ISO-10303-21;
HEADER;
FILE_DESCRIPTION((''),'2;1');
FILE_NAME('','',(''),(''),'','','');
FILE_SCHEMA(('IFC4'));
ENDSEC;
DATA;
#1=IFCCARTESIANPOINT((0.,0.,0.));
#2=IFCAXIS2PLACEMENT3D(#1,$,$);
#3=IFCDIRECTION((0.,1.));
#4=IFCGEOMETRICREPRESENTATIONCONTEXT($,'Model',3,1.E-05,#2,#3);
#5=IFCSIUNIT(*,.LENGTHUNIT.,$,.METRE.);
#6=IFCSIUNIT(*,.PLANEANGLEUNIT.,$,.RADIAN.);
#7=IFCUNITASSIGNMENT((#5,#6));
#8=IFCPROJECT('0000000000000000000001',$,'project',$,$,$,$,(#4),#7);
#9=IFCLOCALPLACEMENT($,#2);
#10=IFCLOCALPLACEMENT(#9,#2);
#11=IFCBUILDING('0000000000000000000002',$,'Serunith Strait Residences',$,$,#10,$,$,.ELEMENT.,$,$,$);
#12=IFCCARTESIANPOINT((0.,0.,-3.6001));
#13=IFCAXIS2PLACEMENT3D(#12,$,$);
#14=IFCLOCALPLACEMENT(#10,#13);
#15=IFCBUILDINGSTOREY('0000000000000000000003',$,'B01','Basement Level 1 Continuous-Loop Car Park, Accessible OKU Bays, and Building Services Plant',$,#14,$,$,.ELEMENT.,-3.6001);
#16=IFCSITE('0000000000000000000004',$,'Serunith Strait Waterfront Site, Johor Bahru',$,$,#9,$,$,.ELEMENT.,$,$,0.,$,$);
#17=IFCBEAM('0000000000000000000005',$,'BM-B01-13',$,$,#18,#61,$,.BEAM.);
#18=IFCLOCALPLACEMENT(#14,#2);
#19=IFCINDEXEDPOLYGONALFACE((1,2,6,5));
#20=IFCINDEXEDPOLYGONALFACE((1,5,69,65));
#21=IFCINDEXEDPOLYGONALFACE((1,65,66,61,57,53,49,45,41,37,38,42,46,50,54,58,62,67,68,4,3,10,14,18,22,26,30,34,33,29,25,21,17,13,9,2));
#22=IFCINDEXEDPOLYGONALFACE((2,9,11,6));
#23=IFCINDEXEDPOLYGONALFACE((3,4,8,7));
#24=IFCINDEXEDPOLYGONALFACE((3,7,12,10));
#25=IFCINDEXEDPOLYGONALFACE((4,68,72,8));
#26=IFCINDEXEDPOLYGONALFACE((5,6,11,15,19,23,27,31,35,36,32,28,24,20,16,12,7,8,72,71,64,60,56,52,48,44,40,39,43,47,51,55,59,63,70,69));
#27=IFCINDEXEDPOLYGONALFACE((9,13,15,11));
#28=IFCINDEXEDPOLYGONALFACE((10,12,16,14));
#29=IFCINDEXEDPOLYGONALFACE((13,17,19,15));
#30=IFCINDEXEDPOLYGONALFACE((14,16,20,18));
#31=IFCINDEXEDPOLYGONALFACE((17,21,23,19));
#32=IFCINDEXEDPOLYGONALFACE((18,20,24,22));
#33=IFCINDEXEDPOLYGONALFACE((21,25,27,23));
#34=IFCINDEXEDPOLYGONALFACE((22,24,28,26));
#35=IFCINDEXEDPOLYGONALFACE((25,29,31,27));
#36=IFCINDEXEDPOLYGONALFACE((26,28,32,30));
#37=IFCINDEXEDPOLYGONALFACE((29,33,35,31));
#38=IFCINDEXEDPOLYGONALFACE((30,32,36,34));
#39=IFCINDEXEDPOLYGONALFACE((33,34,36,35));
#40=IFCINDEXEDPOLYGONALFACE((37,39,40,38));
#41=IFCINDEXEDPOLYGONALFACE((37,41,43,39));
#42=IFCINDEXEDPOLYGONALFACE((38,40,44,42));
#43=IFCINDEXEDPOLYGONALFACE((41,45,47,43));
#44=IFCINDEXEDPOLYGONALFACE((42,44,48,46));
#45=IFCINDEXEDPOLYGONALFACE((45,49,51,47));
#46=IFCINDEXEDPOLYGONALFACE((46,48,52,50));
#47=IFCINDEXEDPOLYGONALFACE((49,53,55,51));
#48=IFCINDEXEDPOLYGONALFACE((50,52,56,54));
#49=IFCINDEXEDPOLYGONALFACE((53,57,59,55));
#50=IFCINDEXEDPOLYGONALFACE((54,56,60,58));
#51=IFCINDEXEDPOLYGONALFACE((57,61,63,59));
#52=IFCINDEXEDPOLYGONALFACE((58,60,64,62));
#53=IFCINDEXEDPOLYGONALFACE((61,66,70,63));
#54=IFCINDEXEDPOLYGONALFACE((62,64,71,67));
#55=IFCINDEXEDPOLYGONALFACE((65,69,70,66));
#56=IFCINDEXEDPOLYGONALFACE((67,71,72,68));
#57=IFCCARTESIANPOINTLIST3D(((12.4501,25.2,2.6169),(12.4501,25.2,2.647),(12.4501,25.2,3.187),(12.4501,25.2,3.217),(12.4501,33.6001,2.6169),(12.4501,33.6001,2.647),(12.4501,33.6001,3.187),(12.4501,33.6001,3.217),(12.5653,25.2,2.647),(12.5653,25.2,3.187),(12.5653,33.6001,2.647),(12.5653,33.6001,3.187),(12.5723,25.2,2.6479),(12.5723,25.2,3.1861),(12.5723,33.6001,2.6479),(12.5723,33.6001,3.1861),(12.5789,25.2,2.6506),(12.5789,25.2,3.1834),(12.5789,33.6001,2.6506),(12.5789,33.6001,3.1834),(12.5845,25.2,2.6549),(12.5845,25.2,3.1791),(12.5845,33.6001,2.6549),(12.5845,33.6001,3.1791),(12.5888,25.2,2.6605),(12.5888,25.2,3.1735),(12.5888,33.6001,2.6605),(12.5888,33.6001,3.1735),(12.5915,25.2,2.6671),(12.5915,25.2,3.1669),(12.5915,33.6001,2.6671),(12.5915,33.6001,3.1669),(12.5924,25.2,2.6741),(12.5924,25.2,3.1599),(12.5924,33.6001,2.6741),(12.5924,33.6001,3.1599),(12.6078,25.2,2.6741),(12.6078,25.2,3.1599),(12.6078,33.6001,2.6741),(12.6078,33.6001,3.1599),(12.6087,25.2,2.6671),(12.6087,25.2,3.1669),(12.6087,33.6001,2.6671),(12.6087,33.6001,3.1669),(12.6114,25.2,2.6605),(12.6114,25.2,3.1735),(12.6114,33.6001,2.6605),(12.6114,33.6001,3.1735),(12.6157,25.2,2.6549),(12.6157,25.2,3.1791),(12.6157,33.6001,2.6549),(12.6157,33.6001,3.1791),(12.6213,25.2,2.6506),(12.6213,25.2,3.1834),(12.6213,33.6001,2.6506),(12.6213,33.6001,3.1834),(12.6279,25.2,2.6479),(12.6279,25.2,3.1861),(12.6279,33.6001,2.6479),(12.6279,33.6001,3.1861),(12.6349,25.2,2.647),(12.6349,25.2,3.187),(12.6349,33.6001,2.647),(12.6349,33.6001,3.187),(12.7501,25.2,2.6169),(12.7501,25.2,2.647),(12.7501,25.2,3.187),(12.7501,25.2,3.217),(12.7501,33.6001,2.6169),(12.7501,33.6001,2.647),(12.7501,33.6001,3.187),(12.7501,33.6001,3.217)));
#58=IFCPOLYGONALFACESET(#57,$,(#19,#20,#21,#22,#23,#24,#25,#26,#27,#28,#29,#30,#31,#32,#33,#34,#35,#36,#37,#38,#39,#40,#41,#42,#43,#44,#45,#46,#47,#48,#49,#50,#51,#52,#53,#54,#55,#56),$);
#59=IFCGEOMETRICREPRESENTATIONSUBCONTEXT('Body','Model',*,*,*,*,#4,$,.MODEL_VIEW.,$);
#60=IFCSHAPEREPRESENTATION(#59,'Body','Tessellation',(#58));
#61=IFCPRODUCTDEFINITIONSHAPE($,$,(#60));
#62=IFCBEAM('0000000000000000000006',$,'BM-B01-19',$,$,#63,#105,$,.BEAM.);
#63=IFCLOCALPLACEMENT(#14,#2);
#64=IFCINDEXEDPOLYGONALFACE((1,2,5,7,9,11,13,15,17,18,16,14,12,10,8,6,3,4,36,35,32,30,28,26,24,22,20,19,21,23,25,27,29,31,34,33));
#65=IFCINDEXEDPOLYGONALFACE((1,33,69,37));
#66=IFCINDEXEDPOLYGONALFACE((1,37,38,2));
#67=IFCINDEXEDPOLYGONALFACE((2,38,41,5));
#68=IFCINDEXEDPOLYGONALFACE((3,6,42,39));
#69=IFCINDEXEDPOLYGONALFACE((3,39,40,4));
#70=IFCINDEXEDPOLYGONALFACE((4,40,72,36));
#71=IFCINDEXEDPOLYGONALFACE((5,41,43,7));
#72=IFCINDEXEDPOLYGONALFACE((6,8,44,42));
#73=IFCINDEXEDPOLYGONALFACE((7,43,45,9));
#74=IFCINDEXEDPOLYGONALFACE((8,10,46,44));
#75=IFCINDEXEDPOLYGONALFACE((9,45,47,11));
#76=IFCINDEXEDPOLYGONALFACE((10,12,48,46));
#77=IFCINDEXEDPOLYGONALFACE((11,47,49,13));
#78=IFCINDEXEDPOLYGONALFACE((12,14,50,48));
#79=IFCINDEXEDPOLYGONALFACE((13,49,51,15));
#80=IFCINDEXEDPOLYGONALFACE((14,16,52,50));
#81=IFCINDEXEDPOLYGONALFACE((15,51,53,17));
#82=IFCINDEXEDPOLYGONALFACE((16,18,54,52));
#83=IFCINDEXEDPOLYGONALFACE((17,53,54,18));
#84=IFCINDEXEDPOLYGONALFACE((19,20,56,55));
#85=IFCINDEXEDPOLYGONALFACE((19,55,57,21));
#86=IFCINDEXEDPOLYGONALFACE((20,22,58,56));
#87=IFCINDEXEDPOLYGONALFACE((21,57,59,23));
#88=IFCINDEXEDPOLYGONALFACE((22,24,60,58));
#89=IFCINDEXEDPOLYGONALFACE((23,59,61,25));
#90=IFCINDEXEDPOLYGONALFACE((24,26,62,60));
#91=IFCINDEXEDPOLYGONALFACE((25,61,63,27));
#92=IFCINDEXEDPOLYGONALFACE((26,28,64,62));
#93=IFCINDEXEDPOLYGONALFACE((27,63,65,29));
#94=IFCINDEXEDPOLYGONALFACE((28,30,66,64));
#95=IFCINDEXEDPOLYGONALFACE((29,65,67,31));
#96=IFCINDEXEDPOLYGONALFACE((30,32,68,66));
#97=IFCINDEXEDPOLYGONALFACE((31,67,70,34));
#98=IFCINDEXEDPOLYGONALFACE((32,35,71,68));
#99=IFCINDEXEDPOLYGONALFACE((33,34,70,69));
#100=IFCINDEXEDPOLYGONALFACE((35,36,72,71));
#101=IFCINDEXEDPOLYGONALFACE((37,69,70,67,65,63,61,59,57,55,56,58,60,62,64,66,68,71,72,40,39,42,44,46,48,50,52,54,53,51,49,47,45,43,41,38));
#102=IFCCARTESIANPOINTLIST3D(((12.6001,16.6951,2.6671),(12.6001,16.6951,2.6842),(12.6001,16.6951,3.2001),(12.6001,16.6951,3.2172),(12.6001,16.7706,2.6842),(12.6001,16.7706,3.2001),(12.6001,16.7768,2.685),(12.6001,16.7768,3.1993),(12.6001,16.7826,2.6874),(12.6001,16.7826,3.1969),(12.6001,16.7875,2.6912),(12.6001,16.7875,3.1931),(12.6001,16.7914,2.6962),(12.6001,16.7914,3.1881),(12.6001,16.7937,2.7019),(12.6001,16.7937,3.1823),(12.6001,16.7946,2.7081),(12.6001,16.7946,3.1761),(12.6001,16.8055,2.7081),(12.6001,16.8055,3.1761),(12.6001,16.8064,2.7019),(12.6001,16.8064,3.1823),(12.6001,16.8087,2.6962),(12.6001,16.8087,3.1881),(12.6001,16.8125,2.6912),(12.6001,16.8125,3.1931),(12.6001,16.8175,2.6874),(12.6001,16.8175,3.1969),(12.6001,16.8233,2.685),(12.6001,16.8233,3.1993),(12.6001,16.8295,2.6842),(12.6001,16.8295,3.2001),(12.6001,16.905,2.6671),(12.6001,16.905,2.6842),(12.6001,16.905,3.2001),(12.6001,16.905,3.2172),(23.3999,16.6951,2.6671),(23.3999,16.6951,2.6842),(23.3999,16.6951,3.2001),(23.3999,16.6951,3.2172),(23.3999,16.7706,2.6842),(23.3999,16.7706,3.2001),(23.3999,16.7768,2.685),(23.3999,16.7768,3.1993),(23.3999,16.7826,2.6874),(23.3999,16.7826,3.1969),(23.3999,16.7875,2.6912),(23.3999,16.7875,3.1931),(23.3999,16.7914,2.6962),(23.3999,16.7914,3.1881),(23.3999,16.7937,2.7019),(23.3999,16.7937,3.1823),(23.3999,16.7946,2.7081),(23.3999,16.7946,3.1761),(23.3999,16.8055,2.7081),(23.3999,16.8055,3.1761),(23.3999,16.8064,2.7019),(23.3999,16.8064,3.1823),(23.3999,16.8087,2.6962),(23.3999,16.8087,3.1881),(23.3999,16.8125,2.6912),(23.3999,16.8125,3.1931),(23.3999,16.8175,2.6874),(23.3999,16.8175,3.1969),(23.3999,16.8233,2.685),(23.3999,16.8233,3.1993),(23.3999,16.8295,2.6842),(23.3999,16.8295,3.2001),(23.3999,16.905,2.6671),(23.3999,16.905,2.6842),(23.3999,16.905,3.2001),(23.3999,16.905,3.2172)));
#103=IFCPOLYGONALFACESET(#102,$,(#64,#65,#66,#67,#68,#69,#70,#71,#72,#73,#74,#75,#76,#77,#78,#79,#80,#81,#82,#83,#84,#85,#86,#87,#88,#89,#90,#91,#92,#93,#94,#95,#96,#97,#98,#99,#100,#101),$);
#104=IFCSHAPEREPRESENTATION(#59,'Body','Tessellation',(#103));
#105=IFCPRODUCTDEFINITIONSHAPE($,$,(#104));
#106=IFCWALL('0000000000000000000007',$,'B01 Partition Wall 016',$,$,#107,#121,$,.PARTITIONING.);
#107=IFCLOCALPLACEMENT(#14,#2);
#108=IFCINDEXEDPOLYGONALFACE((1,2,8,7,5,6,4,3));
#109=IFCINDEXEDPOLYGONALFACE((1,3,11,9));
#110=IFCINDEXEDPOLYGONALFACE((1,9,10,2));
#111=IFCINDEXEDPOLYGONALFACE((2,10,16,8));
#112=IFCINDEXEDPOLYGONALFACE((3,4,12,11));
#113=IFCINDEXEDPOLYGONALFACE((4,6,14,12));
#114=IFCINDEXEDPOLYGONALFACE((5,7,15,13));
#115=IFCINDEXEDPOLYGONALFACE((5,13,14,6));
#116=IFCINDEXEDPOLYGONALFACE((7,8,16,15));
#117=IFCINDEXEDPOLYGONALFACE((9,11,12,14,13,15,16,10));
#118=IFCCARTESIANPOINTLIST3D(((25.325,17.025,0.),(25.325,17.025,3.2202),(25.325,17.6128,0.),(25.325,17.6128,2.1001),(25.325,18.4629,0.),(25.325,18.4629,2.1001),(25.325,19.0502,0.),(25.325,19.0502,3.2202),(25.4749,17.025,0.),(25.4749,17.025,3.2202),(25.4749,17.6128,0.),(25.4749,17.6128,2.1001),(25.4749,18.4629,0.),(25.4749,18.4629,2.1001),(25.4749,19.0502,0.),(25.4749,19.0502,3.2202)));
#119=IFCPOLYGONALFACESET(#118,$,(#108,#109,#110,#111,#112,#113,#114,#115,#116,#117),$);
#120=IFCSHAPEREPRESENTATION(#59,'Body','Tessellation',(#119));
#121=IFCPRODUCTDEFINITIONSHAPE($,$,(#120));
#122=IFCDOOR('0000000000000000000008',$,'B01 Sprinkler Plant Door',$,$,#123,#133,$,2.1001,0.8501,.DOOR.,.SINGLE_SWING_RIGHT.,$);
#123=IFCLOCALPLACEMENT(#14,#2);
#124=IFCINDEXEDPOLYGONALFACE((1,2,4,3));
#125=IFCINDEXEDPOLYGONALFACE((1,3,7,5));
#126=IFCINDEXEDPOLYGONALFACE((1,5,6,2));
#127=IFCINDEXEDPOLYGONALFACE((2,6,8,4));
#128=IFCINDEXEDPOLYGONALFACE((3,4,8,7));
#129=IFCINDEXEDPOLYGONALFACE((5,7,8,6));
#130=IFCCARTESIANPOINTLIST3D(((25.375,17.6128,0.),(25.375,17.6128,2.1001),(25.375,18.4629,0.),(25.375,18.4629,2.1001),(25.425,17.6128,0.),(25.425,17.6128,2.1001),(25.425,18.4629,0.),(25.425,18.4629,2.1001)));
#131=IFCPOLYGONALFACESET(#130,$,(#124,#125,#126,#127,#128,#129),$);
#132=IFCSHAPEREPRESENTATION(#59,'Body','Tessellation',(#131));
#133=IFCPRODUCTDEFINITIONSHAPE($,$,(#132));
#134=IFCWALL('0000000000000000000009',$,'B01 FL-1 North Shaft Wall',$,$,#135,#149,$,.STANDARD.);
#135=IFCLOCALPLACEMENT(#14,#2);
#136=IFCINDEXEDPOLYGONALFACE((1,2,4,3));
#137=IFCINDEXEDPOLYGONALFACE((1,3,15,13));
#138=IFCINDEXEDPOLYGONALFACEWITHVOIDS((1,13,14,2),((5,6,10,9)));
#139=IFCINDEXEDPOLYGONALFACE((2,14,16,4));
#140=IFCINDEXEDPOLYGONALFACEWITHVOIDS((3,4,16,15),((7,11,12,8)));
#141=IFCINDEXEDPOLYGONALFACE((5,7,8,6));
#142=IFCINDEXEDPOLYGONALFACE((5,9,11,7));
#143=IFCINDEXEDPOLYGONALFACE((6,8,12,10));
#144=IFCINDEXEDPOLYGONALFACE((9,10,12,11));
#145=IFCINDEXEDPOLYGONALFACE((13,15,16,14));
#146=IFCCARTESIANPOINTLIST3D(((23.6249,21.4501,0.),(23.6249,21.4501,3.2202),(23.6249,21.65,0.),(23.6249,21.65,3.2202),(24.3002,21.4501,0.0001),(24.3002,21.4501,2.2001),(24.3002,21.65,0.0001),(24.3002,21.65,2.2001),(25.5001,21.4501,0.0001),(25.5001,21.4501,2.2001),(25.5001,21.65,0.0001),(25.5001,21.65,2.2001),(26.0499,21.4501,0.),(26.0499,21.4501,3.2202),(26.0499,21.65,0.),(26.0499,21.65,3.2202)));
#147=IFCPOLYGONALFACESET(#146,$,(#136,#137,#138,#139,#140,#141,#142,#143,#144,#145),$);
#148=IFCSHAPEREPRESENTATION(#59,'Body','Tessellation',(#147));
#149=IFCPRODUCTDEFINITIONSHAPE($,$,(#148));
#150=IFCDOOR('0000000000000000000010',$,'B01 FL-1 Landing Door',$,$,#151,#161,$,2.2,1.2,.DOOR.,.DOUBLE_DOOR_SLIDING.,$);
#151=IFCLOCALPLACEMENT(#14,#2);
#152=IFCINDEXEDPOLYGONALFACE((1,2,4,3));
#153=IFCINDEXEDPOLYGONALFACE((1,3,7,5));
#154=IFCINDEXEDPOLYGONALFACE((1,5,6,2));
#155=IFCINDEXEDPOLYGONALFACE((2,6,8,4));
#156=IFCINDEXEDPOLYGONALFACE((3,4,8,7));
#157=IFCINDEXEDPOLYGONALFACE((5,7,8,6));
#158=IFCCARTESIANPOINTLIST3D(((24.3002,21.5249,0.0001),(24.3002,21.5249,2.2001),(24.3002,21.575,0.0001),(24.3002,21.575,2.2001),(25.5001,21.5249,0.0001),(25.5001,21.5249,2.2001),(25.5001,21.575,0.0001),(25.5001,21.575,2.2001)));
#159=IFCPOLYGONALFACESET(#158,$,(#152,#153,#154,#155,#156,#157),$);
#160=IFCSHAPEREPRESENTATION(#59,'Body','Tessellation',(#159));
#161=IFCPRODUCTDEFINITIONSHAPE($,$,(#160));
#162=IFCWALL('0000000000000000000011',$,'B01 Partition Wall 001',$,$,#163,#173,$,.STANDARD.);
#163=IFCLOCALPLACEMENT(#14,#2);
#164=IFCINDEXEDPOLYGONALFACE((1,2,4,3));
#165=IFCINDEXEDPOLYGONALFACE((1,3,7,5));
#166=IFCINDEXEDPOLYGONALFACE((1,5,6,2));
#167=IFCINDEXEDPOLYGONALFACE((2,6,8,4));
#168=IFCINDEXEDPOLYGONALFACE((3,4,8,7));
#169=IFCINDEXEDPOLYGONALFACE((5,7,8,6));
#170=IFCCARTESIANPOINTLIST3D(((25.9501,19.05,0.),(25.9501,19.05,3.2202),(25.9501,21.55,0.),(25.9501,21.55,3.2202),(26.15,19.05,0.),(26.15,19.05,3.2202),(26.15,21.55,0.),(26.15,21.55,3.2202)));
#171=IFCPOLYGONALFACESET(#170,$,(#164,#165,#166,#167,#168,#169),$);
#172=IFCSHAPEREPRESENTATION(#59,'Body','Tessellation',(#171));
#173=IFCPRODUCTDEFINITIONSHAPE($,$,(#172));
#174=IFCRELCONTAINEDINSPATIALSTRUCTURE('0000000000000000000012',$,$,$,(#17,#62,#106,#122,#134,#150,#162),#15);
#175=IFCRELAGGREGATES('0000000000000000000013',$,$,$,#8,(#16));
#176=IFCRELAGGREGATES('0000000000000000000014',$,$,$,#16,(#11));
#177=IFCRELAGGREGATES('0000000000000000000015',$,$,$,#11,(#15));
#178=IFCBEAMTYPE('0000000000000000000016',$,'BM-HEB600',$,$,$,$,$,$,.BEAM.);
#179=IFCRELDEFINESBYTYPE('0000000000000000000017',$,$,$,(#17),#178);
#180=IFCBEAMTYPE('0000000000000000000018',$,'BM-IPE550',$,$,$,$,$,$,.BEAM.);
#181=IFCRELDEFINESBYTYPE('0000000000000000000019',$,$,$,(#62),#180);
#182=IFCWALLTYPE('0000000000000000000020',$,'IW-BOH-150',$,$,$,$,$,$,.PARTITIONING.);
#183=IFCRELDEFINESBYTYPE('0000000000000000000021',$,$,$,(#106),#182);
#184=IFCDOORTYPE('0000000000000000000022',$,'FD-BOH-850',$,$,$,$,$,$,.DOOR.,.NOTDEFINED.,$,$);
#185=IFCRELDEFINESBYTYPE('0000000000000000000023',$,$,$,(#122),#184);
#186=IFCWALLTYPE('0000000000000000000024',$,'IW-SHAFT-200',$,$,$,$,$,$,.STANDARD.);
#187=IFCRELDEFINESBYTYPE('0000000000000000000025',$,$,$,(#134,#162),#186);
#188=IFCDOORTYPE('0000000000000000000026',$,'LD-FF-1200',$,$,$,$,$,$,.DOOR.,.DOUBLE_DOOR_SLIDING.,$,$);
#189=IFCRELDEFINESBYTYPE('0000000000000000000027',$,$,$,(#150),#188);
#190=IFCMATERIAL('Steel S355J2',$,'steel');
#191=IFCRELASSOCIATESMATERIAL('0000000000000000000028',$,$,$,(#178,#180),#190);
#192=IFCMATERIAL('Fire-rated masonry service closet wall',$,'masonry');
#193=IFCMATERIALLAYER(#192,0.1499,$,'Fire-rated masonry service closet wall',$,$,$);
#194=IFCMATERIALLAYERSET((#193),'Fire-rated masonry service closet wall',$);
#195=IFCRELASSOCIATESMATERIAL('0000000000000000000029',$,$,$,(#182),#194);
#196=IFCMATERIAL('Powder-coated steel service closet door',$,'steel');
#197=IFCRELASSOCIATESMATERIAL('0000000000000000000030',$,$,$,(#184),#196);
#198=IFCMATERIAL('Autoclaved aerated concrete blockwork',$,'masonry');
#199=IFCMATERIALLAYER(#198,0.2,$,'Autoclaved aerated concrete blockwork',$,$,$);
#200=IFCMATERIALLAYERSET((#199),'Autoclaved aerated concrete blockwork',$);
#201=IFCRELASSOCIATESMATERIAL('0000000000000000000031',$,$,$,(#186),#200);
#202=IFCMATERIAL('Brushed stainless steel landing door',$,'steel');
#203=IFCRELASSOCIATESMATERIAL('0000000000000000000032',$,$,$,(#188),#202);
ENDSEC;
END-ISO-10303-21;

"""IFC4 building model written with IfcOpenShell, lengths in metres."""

from ifc_helpers import new_model, si_unit, direction, frame, frame_2d, origin, origin_2d, place, context, subcontext, project, spatial, rectangle, i_section, extrude, source, transform, mapped, material, layer, layer_set, material_profile, profile_set, type_object, element, fill, save


model = new_model("IFC4")

# Units and contexts
model_context = context("Model", 3, precision=1e-05, world=origin(), true_north=direction((0.0, 1.0)))
body_context = subcontext(model_context, "Body", "Model", "MODEL_VIEW")
ifc_project = project(units=[si_unit("LENGTHUNIT", "METRE"), si_unit("PLANEANGLEUNIT", "RADIAN")], contexts=[model_context])

# Site, building, storey
site_placement = place(None, origin())
site = spatial("IfcSite", under=ifc_project, at=site_placement, Name="Serunith Strait Waterfront Site, Johor Bahru", CompositionType="ELEMENT", RefElevation=0.0)
building_placement = place(site_placement, origin())
building = spatial("IfcBuilding", under=site, at=building_placement, Name="Serunith Strait Residences", CompositionType="ELEMENT")
storey_placement = place(building_placement, frame((0.0, 0.0, -3.6001)))
storey = spatial("IfcBuildingStorey", under=building, at=storey_placement, Name="B01", Description="Basement Level 1 Continuous-Loop Car Park, Accessible OKU Bays, and Building Services Plant", CompositionType="ELEMENT", Elevation=-3.6001)

# Beams
ifc_material_1 = material(Name="Steel S355J2", Category="steel")
ifc_material_profile_1 = material_profile(ifc_material_1, i_section(OverallWidth=0.3, OverallDepth=0.6001, WebThickness=0.0154, FlangeThickness=0.03, FilletRadius=0.0271, at=origin_2d()), Name="HEB 600")
ifc_profile_set_1 = profile_set([ifc_material_profile_1], Name="Steel S355J2")
beam_type_1 = type_object("IfcBeamType", Name="BM-HEB600", PredefinedType="BEAM", material=ifc_profile_set_1)
shared_shape_1 = source(origin(), body_context, "Body", "SweptSolid", [
    extrude(i_section(OverallWidth=0.3, OverallDepth=0.6001, WebThickness=0.0154, FlangeThickness=0.03, FilletRadius=0.0271, at=origin_2d()), origin(), (0.0, 0.0, 1.0), 8.4001),
])
beam_1_placement = place(storey_placement, frame((12.6001, 25.2, 2.917), z_axis=(0.0, 1.0, 0.0), x_axis=(-1.0, 0.0, 0.0)))
element("IfcBeam", 1, at=beam_1_placement, inside=storey, type_object=beam_type_1, Name="BM-B01-13", PredefinedType="BEAM", context=body_context, shape_type="MappedRepresentation", body=[
    mapped(shared_shape_1, transform((0.0, 0.0, 0.0), scale=1.0)),
])
ifc_material_profile_2 = material_profile(ifc_material_1, i_section(OverallWidth=0.21, OverallDepth=0.55, WebThickness=0.011, FlangeThickness=0.0171, FilletRadius=0.0239, at=origin_2d()), Name="IPE 550")
ifc_profile_set_2 = profile_set([ifc_material_profile_2], Name="Steel S355J2")
beam_type_2 = type_object("IfcBeamType", Name="BM-IPE550", PredefinedType="BEAM", material=ifc_profile_set_2)
shared_shape_2 = source(origin(), body_context, "Body", "SweptSolid", [
    extrude(i_section(OverallWidth=0.21, OverallDepth=0.55, WebThickness=0.011, FlangeThickness=0.0171, FilletRadius=0.0239, at=origin_2d()), origin(), (0.0, 0.0, 1.0), 10.7998),
])
beam_2_placement = place(storey_placement, frame((12.6001, 16.8, 2.9421), z_axis=(1.0, 0.0, 0.0), x_axis=(0.0, 1.0, 0.0)))
element("IfcBeam", 2, at=beam_2_placement, inside=storey, type_object=beam_type_2, Name="BM-B01-19", PredefinedType="BEAM", context=body_context, shape_type="MappedRepresentation", body=[
    mapped(shared_shape_2, transform((0.0, 0.0, 0.0), scale=1.0)),
])

# Walls, openings, doors
ifc_material_2 = material(Name="Fire-rated masonry service closet wall", Category="masonry")
ifc_layer_1 = layer(ifc_material_2, 0.1499, Name="Fire-rated masonry service closet wall")
ifc_layer_set_1 = layer_set([ifc_layer_1], Name="Fire-rated masonry service closet wall")
wall_type_1 = type_object("IfcWallType", Name="IW-BOH-150", PredefinedType="PARTITIONING", material=ifc_layer_set_1)
wall_1_placement = place(storey_placement, frame((25.3999, 17.0249, 0.0), z_axis=(0.0, 0.0, 1.0), x_axis=(0.0, 1.0, 0.0)))
wall_1 = element("IfcWall", 3, at=wall_1_placement, inside=storey, type_object=wall_type_1, Name="B01 Partition Wall 016", PredefinedType="PARTITIONING", context=body_context, shape_type="SweptSolid", body=[
    extrude(rectangle(XDim=2.0251, YDim=0.1499, at=frame_2d((1.0127, 0.0))), origin(), (0.0, 0.0, 1.0), 3.2202),
])
opening_1_placement = place(wall_1_placement, frame((0.5879, 0.0, 0.0)))
opening_1 = element("IfcOpeningElement", 4, at=opening_1_placement, cuts=wall_1, PredefinedType="OPENING", context=body_context, shape_type="SweptSolid", body=[
    extrude(rectangle(XDim=0.8501, YDim=2.1001, at=frame_2d((0.425, 1.05))), frame((0.0, 0.085, 0.0), z_axis=(0.0, -1.0, 0.0), x_axis=(1.0, 0.0, 0.0)), (0.0, 0.0, 1.0), 0.1699),
])
ifc_material_3 = material(Name="Powder-coated steel service closet door", Category="steel")
door_type_1 = type_object("IfcDoorType", Name="FD-BOH-850", OperationType="NOTDEFINED", PredefinedType="DOOR", material=ifc_material_3)
shared_shape_3 = source(origin(), body_context, "Body", "SweptSolid", [
    extrude(rectangle(XDim=0.8501, YDim=2.1001, at=frame_2d((0.425, 1.05))), frame((0.0, 0.0249, 0.0), z_axis=(0.0, -1.0, 0.0), x_axis=(1.0, 0.0, 0.0)), (0.0, 0.0, 1.0), 0.05),
])
door_1_placement = place(opening_1_placement, origin())
door_1 = element("IfcDoor", 5, at=door_1_placement, inside=storey, type_object=door_type_1, Name="B01 Sprinkler Plant Door", OperationType="SINGLE_SWING_RIGHT", OverallHeight=2.1001, OverallWidth=0.8501, PredefinedType="DOOR", context=body_context, shape_type="MappedRepresentation", body=[
    mapped(shared_shape_3, transform((0.0, 0.0, 0.0), scale=1.0)),
])
fill(opening_1, door_1)
ifc_material_4 = material(Name="Autoclaved aerated concrete blockwork", Category="masonry")
ifc_layer_2 = layer(ifc_material_4, 0.2, Name="Autoclaved aerated concrete blockwork")
ifc_layer_set_2 = layer_set([ifc_layer_2], Name="Autoclaved aerated concrete blockwork")
wall_type_2 = type_object("IfcWallType", Name="IW-SHAFT-200", PredefinedType="STANDARD", material=ifc_layer_set_2)
wall_2_placement = place(storey_placement, frame((23.625, 21.55, 0.0), z_axis=(0.0, 0.0, 1.0), x_axis=(1.0, 0.0, 0.0)))
wall_2 = element("IfcWall", 6, at=wall_2_placement, inside=storey, type_object=wall_type_2, Name="B01 FL-1 North Shaft Wall", PredefinedType="STANDARD", context=body_context, shape_type="SweptSolid", body=[
    extrude(rectangle(XDim=2.425, YDim=0.2, at=frame_2d((1.2124, 0.0))), origin(), (0.0, 0.0, 1.0), 3.2202),
])
opening_2_placement = place(wall_2_placement, frame((0.675, 0.0, 0.0)))
opening_2 = element("IfcOpeningElement", 7, at=opening_2_placement, cuts=wall_2, PredefinedType="OPENING", context=body_context, shape_type="SweptSolid", body=[
    extrude(rectangle(XDim=1.2, YDim=2.2, at=frame_2d((0.6001, 1.1001))), frame((0.0, 0.1099, 0.0), z_axis=(0.0, -1.0, 0.0), x_axis=(1.0, 0.0, 0.0)), (0.0, 0.0, 1.0), 0.22),
])
ifc_material_5 = material(Name="Brushed stainless steel landing door", Category="steel")
door_type_2 = type_object("IfcDoorType", Name="LD-FF-1200", OperationType="DOUBLE_DOOR_SLIDING", PredefinedType="DOOR", material=ifc_material_5)
shared_shape_4 = source(origin(), body_context, "Body", "SweptSolid", [
    extrude(rectangle(XDim=1.2, YDim=2.2, at=frame_2d((0.6001, 1.1001))), frame((0.0, 0.0249, 0.0), z_axis=(0.0, -1.0, 0.0), x_axis=(1.0, 0.0, 0.0)), (0.0, 0.0, 1.0), 0.05),
])
door_2_placement = place(opening_2_placement, origin())
door_2 = element("IfcDoor", 8, at=door_2_placement, inside=storey, type_object=door_type_2, Name="B01 FL-1 Landing Door", OperationType="DOUBLE_DOOR_SLIDING", OverallHeight=2.2, OverallWidth=1.2, PredefinedType="DOOR", context=body_context, shape_type="MappedRepresentation", body=[
    mapped(shared_shape_4, transform((0.0, 0.0, 0.0), scale=1.0)),
])
fill(opening_2, door_2)

# Wall
wall_3_placement = place(storey_placement, frame((26.05, 19.05, 0.0), z_axis=(0.0, 0.0, 1.0), x_axis=(0.0, 1.0, 0.0)))
element("IfcWall", 9, at=wall_3_placement, inside=storey, type_object=wall_type_2, Name="B01 Partition Wall 001", PredefinedType="STANDARD", context=body_context, shape_type="SweptSolid", body=[
    extrude(rectangle(XDim=2.5, YDim=0.2, at=frame_2d((1.25, 0.0))), origin(), (0.0, 0.0, 1.0), 3.2202),
])

save(model, "model.ifc")
